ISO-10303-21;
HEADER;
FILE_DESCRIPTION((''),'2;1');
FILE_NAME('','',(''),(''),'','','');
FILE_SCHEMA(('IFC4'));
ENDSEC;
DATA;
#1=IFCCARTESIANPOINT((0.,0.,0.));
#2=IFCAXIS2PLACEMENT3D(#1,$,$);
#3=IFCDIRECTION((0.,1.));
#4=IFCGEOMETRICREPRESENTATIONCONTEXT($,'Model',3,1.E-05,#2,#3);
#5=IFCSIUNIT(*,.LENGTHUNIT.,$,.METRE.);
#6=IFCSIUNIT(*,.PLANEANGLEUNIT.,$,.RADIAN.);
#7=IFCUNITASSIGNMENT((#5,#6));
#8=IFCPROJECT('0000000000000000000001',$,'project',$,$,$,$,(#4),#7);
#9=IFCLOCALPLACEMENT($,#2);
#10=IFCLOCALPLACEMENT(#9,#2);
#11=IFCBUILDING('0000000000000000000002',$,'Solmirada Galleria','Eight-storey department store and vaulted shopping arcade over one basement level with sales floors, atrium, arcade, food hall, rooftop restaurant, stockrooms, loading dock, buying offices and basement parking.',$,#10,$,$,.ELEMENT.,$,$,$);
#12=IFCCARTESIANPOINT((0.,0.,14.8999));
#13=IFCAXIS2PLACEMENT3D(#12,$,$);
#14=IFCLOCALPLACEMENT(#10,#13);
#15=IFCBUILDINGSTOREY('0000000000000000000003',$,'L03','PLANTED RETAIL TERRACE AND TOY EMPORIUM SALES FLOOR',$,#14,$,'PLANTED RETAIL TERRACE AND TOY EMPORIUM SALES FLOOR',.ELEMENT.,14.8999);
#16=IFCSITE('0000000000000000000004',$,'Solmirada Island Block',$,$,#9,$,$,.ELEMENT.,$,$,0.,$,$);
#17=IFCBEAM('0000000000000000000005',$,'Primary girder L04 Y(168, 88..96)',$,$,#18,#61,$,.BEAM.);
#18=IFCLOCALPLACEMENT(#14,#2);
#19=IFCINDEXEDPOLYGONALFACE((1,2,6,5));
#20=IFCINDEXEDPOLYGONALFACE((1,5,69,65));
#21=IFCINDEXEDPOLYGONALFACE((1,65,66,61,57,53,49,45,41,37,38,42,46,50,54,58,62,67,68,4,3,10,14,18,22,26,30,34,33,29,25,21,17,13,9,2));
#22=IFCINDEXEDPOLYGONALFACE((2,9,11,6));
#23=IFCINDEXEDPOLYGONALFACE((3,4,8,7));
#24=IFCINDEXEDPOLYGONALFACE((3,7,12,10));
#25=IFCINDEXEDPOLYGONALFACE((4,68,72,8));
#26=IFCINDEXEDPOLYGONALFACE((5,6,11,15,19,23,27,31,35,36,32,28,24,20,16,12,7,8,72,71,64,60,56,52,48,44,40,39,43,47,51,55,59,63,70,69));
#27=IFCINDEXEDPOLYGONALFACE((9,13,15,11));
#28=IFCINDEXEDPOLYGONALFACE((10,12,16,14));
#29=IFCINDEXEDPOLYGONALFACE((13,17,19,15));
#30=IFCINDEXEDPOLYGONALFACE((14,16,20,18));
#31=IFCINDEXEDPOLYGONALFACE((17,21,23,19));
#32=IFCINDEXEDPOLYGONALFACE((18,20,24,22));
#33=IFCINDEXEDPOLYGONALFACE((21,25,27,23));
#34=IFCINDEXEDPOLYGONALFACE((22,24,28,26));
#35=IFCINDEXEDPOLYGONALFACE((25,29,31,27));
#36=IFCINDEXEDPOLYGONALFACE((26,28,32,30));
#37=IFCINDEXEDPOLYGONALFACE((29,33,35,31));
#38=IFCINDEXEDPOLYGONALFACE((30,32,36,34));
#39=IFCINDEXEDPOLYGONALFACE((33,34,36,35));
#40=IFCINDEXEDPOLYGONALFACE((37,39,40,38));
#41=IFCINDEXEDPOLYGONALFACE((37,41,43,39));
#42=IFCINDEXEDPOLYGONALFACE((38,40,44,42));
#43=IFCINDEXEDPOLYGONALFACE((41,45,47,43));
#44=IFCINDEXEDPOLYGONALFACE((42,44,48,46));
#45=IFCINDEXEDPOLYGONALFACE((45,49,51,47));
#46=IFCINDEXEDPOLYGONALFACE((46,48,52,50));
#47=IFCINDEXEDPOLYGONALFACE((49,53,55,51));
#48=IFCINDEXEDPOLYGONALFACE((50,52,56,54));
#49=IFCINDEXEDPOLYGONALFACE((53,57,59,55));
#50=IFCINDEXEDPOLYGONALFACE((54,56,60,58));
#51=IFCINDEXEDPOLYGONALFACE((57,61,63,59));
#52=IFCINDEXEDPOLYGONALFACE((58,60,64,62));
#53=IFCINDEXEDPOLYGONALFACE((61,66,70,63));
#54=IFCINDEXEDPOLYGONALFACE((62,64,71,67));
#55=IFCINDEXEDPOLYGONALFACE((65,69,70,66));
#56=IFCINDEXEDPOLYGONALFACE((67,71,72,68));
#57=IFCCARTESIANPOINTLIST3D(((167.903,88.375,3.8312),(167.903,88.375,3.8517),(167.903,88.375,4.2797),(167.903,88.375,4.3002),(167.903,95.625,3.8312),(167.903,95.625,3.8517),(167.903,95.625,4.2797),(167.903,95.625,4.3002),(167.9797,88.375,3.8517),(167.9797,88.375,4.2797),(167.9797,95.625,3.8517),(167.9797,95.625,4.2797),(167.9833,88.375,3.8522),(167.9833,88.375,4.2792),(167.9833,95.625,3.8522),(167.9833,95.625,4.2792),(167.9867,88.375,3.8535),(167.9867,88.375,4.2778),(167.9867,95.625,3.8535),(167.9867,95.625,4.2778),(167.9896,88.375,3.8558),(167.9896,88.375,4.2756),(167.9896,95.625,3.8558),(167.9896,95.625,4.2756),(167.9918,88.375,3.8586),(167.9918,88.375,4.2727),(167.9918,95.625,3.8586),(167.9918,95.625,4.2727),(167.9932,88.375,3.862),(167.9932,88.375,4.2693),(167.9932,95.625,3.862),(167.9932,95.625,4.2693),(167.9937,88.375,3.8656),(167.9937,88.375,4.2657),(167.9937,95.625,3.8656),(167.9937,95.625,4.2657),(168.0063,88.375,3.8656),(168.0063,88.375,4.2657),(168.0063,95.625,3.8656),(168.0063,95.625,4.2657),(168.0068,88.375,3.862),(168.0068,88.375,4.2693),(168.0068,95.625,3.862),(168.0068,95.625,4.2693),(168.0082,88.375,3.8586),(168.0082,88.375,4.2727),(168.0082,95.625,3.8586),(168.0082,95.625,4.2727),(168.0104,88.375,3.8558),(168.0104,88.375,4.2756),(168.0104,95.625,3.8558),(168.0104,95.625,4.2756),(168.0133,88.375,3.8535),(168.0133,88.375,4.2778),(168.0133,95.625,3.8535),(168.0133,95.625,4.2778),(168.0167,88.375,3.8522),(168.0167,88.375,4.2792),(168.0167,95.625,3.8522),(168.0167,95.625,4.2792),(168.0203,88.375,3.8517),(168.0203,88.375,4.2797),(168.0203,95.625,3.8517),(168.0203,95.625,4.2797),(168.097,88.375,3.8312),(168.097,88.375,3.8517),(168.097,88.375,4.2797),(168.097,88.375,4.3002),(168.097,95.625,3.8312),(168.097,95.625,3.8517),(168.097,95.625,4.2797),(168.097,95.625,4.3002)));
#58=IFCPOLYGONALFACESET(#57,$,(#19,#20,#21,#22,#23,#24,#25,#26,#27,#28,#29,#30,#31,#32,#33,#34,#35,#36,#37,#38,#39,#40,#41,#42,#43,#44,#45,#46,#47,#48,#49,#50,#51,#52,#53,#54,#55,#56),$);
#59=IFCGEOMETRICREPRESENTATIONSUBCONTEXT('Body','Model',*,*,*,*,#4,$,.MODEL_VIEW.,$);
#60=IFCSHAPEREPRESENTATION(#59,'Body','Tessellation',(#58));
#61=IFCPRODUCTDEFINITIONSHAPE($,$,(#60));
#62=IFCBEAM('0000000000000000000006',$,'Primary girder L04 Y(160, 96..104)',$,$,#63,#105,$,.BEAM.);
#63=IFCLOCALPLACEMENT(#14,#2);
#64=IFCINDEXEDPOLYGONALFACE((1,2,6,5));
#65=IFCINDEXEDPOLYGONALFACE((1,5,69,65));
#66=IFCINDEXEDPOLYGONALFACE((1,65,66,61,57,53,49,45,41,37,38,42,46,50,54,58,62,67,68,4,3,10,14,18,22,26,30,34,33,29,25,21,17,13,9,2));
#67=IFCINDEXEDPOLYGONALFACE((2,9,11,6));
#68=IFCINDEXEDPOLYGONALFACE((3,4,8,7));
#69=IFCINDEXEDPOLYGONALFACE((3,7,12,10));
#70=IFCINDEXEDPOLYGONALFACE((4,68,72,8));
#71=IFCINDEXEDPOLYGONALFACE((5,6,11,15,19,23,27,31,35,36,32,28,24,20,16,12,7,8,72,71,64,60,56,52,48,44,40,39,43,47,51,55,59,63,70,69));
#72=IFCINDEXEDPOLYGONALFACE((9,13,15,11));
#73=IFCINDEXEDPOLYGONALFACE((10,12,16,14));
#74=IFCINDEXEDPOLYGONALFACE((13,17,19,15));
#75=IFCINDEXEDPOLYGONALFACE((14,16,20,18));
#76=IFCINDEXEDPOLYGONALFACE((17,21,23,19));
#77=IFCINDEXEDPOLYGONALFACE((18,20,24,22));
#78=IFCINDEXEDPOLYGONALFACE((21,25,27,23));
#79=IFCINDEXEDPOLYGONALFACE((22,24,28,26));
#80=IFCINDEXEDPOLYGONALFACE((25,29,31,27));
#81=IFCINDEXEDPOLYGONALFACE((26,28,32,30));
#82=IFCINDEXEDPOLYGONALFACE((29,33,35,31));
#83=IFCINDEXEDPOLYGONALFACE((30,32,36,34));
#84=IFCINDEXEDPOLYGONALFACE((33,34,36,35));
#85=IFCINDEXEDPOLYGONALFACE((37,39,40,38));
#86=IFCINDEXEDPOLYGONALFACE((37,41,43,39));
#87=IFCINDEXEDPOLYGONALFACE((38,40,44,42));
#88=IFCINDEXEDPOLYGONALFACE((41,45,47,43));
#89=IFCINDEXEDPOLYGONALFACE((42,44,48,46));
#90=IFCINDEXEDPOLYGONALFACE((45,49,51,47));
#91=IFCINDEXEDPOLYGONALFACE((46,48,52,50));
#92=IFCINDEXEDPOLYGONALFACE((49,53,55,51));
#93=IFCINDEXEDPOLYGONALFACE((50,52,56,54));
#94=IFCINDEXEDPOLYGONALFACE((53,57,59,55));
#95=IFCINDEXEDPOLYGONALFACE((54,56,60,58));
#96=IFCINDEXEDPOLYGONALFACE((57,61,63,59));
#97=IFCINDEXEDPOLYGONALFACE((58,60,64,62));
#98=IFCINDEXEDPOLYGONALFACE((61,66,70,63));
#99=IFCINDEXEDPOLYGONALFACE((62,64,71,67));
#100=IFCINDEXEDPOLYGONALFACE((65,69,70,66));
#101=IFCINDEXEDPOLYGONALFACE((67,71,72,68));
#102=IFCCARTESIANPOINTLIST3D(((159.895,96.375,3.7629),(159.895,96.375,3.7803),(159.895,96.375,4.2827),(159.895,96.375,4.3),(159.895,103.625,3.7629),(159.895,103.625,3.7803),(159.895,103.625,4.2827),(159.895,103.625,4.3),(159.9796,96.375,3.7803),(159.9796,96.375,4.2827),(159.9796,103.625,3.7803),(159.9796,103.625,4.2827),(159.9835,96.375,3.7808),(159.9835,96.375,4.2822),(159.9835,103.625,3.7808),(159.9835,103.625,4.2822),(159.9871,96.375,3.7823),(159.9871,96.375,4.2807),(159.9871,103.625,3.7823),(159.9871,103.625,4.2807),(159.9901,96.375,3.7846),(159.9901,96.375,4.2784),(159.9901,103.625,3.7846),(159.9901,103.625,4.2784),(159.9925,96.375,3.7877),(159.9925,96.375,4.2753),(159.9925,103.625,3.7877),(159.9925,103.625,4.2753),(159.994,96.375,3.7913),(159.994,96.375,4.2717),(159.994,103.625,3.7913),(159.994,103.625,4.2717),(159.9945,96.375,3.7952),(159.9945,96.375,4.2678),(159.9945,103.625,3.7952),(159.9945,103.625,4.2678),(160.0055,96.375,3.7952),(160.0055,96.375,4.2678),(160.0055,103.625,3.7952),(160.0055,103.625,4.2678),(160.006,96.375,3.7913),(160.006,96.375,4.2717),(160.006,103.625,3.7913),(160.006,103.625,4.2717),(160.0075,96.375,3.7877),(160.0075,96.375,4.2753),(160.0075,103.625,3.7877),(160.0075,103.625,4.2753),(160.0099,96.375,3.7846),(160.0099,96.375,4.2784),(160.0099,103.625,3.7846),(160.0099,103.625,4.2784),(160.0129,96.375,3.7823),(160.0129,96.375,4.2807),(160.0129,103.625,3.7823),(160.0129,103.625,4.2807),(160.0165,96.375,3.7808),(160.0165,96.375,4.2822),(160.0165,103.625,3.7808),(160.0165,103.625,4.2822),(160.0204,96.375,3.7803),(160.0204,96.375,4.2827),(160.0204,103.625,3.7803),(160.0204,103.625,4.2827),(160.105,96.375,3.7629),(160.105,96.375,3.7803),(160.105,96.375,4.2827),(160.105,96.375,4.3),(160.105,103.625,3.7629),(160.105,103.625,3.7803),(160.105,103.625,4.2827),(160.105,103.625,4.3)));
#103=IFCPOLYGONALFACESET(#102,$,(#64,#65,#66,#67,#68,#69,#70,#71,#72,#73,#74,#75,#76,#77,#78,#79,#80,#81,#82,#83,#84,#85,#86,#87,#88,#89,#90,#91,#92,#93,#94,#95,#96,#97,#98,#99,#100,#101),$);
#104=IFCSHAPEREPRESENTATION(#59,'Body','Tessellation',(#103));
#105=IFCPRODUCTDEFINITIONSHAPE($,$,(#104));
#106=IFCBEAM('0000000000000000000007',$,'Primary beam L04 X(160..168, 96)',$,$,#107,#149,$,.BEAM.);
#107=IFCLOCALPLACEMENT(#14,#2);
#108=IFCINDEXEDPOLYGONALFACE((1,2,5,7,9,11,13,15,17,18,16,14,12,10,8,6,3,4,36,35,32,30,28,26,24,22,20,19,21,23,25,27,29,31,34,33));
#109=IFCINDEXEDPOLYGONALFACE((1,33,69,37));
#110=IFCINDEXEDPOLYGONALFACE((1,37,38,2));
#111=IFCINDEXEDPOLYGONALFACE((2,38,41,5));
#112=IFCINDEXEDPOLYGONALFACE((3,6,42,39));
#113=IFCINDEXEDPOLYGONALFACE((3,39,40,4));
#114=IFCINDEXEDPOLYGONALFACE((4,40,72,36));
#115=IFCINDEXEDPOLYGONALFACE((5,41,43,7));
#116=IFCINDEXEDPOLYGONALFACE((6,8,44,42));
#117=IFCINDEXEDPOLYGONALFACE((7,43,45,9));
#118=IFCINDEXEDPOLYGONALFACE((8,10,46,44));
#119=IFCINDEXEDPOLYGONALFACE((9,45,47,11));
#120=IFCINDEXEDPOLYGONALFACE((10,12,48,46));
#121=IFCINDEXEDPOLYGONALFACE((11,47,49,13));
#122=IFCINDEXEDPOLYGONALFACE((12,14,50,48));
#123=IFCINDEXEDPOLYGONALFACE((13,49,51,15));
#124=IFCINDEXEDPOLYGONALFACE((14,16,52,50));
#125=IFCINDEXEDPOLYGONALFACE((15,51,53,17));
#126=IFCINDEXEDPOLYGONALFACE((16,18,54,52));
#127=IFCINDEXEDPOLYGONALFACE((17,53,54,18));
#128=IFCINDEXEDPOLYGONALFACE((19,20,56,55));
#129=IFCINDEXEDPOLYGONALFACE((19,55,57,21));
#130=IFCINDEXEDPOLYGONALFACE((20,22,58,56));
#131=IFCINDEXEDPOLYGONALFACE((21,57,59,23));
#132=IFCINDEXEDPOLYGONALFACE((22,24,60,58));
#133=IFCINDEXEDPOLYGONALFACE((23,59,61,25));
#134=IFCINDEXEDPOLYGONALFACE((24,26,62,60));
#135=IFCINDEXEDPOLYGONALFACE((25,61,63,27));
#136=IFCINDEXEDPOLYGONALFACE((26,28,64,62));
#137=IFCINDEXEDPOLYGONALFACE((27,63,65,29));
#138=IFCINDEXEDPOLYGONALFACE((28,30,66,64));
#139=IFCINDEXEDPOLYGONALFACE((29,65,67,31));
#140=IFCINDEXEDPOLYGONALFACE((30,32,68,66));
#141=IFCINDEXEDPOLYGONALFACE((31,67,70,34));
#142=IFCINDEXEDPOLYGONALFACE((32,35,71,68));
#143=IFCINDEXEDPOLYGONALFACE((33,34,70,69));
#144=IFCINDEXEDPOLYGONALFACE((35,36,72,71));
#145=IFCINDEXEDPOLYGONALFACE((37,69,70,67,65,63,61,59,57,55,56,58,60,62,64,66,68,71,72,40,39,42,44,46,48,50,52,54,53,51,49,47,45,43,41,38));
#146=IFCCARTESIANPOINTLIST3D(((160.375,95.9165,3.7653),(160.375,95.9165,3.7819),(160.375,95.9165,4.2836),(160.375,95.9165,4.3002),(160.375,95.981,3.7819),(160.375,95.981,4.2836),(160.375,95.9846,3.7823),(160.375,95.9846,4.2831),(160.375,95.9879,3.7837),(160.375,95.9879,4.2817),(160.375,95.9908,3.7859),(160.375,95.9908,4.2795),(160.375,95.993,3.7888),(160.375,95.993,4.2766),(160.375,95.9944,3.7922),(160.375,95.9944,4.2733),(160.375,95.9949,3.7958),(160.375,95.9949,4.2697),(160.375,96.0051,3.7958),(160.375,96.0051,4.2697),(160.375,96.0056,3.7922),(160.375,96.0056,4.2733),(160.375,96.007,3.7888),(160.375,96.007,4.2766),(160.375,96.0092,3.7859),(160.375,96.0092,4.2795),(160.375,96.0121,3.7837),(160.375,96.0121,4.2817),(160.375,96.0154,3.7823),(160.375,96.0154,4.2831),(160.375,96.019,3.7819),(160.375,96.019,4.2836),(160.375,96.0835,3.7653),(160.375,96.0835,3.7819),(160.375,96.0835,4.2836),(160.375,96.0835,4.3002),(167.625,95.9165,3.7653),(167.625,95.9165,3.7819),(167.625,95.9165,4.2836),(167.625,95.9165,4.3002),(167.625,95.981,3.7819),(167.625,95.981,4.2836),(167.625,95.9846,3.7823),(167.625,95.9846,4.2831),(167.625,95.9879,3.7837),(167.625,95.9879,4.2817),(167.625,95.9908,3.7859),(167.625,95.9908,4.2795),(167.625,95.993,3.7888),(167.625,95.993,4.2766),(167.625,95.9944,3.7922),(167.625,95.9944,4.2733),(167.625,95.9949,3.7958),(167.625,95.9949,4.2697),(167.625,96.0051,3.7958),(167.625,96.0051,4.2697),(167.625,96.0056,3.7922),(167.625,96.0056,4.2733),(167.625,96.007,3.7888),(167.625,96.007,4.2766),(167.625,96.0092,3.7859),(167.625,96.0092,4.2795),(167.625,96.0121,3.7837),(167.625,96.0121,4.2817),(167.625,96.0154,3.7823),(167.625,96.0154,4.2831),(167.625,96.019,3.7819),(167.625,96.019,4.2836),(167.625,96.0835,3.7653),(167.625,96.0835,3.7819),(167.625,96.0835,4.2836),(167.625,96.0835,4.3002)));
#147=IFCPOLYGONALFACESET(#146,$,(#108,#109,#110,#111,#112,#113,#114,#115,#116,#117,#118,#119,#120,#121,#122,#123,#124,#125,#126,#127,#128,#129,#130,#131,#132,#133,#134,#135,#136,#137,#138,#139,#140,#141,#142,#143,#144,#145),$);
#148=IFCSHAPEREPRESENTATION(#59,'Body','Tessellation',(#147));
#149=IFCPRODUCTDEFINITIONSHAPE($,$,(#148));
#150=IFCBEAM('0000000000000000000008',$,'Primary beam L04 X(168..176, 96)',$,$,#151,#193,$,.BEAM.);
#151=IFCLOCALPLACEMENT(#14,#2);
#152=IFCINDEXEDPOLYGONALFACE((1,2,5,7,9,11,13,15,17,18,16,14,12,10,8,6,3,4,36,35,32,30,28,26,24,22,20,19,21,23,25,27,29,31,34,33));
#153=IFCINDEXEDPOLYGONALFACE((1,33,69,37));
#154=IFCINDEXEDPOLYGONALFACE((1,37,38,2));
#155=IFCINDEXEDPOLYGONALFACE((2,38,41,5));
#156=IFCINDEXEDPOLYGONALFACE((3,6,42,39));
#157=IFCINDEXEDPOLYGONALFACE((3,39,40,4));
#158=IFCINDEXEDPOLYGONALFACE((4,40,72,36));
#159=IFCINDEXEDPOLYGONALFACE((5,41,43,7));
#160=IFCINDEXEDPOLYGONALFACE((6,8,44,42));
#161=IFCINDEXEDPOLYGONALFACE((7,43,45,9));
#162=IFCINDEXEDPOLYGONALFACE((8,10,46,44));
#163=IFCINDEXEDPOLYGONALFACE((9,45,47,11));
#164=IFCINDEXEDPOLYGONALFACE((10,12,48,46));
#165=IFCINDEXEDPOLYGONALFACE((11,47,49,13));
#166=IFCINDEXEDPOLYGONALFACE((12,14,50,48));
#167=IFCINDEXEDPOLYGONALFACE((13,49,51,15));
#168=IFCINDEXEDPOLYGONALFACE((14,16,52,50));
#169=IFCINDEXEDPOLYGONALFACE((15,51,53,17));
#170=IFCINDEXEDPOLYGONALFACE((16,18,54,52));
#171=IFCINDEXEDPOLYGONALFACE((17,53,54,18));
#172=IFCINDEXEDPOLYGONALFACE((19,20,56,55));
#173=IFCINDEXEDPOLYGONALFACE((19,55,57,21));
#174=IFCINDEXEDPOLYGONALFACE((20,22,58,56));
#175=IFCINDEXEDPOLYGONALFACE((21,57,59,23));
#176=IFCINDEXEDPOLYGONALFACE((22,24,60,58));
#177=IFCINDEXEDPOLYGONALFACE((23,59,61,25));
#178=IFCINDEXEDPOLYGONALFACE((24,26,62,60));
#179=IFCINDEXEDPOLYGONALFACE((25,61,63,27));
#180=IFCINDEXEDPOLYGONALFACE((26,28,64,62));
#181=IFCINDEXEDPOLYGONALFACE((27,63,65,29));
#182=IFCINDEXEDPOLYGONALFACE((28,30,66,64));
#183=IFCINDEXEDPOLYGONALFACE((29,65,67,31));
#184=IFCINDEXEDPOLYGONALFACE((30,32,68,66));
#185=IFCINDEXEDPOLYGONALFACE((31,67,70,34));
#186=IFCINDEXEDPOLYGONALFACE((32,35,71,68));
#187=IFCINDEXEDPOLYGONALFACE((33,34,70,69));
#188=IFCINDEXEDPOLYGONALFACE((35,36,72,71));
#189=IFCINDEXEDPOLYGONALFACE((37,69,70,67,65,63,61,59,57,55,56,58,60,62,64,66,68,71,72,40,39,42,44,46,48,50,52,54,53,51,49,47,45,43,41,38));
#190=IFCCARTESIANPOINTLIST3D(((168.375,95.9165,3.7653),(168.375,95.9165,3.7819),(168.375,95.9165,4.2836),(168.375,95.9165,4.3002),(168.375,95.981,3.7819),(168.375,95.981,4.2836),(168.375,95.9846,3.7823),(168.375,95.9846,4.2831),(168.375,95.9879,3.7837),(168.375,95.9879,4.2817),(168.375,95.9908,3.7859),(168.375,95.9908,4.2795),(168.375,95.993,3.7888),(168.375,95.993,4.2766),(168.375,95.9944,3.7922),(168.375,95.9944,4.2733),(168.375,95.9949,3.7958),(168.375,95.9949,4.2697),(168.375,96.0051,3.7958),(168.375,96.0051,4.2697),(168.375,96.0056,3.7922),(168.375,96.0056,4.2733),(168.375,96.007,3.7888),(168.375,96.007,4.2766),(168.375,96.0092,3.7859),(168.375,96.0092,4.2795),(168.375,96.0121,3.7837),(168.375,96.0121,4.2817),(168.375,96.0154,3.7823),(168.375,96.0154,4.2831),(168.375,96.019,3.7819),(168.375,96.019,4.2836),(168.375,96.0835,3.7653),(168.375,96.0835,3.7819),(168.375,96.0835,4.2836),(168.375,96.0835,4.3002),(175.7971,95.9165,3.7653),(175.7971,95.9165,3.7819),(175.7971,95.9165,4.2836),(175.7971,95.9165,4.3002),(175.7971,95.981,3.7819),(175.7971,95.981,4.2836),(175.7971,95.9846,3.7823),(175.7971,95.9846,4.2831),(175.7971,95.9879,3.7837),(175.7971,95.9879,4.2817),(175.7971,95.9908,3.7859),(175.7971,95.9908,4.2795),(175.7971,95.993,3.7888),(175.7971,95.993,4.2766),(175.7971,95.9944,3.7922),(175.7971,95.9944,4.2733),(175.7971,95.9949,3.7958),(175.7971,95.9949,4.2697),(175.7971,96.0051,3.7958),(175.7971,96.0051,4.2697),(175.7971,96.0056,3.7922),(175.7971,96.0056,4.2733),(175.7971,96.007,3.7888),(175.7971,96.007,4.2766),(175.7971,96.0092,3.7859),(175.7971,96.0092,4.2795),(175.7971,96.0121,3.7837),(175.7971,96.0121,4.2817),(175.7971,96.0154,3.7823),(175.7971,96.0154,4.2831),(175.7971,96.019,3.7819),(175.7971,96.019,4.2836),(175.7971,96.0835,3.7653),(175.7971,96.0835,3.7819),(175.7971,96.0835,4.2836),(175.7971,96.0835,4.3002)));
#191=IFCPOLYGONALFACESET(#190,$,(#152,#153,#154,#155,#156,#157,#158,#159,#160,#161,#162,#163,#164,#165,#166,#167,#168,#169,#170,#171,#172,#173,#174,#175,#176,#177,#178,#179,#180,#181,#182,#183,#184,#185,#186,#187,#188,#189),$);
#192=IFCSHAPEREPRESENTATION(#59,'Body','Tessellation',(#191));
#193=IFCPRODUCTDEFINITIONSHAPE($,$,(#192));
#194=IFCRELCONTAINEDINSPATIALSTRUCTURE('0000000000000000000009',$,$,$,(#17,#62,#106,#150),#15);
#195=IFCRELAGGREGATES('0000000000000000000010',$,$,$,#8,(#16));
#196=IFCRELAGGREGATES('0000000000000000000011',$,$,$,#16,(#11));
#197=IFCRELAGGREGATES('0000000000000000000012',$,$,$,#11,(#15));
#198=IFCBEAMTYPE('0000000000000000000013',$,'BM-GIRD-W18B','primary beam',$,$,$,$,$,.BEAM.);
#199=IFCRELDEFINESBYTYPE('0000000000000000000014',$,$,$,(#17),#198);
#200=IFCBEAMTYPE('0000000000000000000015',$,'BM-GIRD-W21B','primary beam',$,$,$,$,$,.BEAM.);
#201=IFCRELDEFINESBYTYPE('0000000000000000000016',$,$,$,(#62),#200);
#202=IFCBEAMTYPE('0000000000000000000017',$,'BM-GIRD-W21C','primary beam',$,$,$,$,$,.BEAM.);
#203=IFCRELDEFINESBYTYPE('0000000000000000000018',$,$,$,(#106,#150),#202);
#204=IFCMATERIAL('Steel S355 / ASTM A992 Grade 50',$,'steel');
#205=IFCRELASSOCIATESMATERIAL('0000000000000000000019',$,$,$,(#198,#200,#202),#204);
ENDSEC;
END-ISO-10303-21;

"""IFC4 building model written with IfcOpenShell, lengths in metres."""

from ifc_helpers import new_model, si_unit, direction, frame, origin, origin_2d, place, context, subcontext, project, spatial, i_section, extrude, material, material_profile, profile_set, type_object, element, save


model = new_model("IFC4")

# Units and contexts
model_context = context("Model", 3, precision=1e-05, world=origin(), true_north=direction((0.0, 1.0)))
body_context = subcontext(model_context, "Body", "Model", "MODEL_VIEW")
ifc_project = project(units=[si_unit("LENGTHUNIT", "METRE"), si_unit("PLANEANGLEUNIT", "RADIAN")], contexts=[model_context])

# Site, building, storey
site_placement = place(None, origin())
site = spatial("IfcSite", under=ifc_project, at=site_placement, Name="Solmirada Island Block", CompositionType="ELEMENT", RefElevation=0.0)
building_placement = place(site_placement, origin())
building = spatial("IfcBuilding", under=site, at=building_placement, Name="Solmirada Galleria", Description="Eight-storey department store and vaulted shopping arcade over one basement level with sales floors, atrium, arcade, food hall, rooftop restaurant, stockrooms, loading dock, buying offices and basement parking.", CompositionType="ELEMENT")
storey_placement = place(building_placement, frame((0.0, 0.0, 14.8999)))
storey = spatial("IfcBuildingStorey", under=building, at=storey_placement, Name="L03", Description="PLANTED RETAIL TERRACE AND TOY EMPORIUM SALES FLOOR", LongName="PLANTED RETAIL TERRACE AND TOY EMPORIUM SALES FLOOR", CompositionType="ELEMENT", Elevation=14.8999)

# Beams
ifc_material_1 = material(Name="Steel S355 / ASTM A992 Grade 50", Category="steel")
ifc_material_profile_1 = material_profile(ifc_material_1, i_section(OverallWidth=0.1941, OverallDepth=0.469, WebThickness=0.0127, FlangeThickness=0.0205, FilletRadius=0.0139, at=origin_2d()), Name="W18X71")
ifc_profile_set_1 = profile_set([ifc_material_profile_1], Name="Steel S355 / ASTM A992 Grade 50")
beam_type_1 = type_object("IfcBeamType", Name="BM-GIRD-W18B", Description="primary beam", PredefinedType="BEAM", material=ifc_profile_set_1)
beam_1_placement = place(storey_placement, frame((168.0, 88.375, 4.0657), z_axis=(0.0, 1.0, 0.0), x_axis=(-1.0, 0.0, 0.0)))
element("IfcBeam", 1, at=beam_1_placement, inside=storey, type_object=beam_type_1, Name="Primary girder L04 Y(168, 88..96)", PredefinedType="BEAM", context=body_context, shape_type="SweptSolid", body=[
    extrude(i_section(OverallWidth=0.1941, OverallDepth=0.469, WebThickness=0.0127, FlangeThickness=0.0205, FilletRadius=0.0139, at=origin_2d()), origin(), (0.0, 0.0, 1.0), 7.25),
])
ifc_material_profile_2 = material_profile(ifc_material_1, i_section(OverallWidth=0.21, OverallDepth=0.5371, WebThickness=0.011, FlangeThickness=0.0173, FilletRadius=0.0149, at=origin_2d()), Name="W21X68")
ifc_profile_set_2 = profile_set([ifc_material_profile_2], Name="Steel S355 / ASTM A992 Grade 50")
beam_type_2 = type_object("IfcBeamType", Name="BM-GIRD-W21B", Description="primary beam", PredefinedType="BEAM", material=ifc_profile_set_2)
beam_2_placement = place(storey_placement, frame((160.0, 96.375, 4.0315), z_axis=(0.0, 1.0, 0.0), x_axis=(-1.0, 0.0, 0.0)))
element("IfcBeam", 2, at=beam_2_placement, inside=storey, type_object=beam_type_2, Name="Primary girder L04 Y(160, 96..104)", PredefinedType="BEAM", context=body_context, shape_type="SweptSolid", body=[
    extrude(i_section(OverallWidth=0.21, OverallDepth=0.5371, WebThickness=0.011, FlangeThickness=0.0173, FilletRadius=0.0149, at=origin_2d()), origin(), (0.0, 0.0, 1.0), 7.25),
])
ifc_material_profile_3 = material_profile(ifc_material_1, i_section(OverallWidth=0.167, OverallDepth=0.5349, WebThickness=0.0103, FlangeThickness=0.0166, FilletRadius=0.0139, at=origin_2d()), Name="W21X57")
ifc_profile_set_3 = profile_set([ifc_material_profile_3], Name="Steel S355 / ASTM A992 Grade 50")
beam_type_3 = type_object("IfcBeamType", Name="BM-GIRD-W21C", Description="primary beam", PredefinedType="BEAM", material=ifc_profile_set_3)
beam_3_placement = place(storey_placement, frame((160.375, 96.0, 4.0327), z_axis=(1.0, 0.0, 0.0), x_axis=(0.0, 1.0, 0.0)))
element("IfcBeam", 3, at=beam_3_placement, inside=storey, type_object=beam_type_3, Name="Primary beam L04 X(160..168, 96)", PredefinedType="BEAM", context=body_context, shape_type="SweptSolid", body=[
    extrude(i_section(OverallWidth=0.167, OverallDepth=0.5349, WebThickness=0.0103, FlangeThickness=0.0166, FilletRadius=0.0139, at=origin_2d()), origin(), (0.0, 0.0, 1.0), 7.25),
])
beam_4_placement = place(storey_placement, frame((168.375, 96.0, 4.0327), z_axis=(1.0, 0.0, 0.0), x_axis=(0.0, 1.0, 0.0)))
element("IfcBeam", 4, at=beam_4_placement, inside=storey, type_object=beam_type_3, Name="Primary beam L04 X(168..176, 96)", PredefinedType="BEAM", context=body_context, shape_type="SweptSolid", body=[
    extrude(i_section(OverallWidth=0.167, OverallDepth=0.5349, WebThickness=0.0103, FlangeThickness=0.0166, FilletRadius=0.0139, at=origin_2d()), origin(), (0.0, 0.0, 1.0), 7.4221),
])

save(model, "model.ifc")
